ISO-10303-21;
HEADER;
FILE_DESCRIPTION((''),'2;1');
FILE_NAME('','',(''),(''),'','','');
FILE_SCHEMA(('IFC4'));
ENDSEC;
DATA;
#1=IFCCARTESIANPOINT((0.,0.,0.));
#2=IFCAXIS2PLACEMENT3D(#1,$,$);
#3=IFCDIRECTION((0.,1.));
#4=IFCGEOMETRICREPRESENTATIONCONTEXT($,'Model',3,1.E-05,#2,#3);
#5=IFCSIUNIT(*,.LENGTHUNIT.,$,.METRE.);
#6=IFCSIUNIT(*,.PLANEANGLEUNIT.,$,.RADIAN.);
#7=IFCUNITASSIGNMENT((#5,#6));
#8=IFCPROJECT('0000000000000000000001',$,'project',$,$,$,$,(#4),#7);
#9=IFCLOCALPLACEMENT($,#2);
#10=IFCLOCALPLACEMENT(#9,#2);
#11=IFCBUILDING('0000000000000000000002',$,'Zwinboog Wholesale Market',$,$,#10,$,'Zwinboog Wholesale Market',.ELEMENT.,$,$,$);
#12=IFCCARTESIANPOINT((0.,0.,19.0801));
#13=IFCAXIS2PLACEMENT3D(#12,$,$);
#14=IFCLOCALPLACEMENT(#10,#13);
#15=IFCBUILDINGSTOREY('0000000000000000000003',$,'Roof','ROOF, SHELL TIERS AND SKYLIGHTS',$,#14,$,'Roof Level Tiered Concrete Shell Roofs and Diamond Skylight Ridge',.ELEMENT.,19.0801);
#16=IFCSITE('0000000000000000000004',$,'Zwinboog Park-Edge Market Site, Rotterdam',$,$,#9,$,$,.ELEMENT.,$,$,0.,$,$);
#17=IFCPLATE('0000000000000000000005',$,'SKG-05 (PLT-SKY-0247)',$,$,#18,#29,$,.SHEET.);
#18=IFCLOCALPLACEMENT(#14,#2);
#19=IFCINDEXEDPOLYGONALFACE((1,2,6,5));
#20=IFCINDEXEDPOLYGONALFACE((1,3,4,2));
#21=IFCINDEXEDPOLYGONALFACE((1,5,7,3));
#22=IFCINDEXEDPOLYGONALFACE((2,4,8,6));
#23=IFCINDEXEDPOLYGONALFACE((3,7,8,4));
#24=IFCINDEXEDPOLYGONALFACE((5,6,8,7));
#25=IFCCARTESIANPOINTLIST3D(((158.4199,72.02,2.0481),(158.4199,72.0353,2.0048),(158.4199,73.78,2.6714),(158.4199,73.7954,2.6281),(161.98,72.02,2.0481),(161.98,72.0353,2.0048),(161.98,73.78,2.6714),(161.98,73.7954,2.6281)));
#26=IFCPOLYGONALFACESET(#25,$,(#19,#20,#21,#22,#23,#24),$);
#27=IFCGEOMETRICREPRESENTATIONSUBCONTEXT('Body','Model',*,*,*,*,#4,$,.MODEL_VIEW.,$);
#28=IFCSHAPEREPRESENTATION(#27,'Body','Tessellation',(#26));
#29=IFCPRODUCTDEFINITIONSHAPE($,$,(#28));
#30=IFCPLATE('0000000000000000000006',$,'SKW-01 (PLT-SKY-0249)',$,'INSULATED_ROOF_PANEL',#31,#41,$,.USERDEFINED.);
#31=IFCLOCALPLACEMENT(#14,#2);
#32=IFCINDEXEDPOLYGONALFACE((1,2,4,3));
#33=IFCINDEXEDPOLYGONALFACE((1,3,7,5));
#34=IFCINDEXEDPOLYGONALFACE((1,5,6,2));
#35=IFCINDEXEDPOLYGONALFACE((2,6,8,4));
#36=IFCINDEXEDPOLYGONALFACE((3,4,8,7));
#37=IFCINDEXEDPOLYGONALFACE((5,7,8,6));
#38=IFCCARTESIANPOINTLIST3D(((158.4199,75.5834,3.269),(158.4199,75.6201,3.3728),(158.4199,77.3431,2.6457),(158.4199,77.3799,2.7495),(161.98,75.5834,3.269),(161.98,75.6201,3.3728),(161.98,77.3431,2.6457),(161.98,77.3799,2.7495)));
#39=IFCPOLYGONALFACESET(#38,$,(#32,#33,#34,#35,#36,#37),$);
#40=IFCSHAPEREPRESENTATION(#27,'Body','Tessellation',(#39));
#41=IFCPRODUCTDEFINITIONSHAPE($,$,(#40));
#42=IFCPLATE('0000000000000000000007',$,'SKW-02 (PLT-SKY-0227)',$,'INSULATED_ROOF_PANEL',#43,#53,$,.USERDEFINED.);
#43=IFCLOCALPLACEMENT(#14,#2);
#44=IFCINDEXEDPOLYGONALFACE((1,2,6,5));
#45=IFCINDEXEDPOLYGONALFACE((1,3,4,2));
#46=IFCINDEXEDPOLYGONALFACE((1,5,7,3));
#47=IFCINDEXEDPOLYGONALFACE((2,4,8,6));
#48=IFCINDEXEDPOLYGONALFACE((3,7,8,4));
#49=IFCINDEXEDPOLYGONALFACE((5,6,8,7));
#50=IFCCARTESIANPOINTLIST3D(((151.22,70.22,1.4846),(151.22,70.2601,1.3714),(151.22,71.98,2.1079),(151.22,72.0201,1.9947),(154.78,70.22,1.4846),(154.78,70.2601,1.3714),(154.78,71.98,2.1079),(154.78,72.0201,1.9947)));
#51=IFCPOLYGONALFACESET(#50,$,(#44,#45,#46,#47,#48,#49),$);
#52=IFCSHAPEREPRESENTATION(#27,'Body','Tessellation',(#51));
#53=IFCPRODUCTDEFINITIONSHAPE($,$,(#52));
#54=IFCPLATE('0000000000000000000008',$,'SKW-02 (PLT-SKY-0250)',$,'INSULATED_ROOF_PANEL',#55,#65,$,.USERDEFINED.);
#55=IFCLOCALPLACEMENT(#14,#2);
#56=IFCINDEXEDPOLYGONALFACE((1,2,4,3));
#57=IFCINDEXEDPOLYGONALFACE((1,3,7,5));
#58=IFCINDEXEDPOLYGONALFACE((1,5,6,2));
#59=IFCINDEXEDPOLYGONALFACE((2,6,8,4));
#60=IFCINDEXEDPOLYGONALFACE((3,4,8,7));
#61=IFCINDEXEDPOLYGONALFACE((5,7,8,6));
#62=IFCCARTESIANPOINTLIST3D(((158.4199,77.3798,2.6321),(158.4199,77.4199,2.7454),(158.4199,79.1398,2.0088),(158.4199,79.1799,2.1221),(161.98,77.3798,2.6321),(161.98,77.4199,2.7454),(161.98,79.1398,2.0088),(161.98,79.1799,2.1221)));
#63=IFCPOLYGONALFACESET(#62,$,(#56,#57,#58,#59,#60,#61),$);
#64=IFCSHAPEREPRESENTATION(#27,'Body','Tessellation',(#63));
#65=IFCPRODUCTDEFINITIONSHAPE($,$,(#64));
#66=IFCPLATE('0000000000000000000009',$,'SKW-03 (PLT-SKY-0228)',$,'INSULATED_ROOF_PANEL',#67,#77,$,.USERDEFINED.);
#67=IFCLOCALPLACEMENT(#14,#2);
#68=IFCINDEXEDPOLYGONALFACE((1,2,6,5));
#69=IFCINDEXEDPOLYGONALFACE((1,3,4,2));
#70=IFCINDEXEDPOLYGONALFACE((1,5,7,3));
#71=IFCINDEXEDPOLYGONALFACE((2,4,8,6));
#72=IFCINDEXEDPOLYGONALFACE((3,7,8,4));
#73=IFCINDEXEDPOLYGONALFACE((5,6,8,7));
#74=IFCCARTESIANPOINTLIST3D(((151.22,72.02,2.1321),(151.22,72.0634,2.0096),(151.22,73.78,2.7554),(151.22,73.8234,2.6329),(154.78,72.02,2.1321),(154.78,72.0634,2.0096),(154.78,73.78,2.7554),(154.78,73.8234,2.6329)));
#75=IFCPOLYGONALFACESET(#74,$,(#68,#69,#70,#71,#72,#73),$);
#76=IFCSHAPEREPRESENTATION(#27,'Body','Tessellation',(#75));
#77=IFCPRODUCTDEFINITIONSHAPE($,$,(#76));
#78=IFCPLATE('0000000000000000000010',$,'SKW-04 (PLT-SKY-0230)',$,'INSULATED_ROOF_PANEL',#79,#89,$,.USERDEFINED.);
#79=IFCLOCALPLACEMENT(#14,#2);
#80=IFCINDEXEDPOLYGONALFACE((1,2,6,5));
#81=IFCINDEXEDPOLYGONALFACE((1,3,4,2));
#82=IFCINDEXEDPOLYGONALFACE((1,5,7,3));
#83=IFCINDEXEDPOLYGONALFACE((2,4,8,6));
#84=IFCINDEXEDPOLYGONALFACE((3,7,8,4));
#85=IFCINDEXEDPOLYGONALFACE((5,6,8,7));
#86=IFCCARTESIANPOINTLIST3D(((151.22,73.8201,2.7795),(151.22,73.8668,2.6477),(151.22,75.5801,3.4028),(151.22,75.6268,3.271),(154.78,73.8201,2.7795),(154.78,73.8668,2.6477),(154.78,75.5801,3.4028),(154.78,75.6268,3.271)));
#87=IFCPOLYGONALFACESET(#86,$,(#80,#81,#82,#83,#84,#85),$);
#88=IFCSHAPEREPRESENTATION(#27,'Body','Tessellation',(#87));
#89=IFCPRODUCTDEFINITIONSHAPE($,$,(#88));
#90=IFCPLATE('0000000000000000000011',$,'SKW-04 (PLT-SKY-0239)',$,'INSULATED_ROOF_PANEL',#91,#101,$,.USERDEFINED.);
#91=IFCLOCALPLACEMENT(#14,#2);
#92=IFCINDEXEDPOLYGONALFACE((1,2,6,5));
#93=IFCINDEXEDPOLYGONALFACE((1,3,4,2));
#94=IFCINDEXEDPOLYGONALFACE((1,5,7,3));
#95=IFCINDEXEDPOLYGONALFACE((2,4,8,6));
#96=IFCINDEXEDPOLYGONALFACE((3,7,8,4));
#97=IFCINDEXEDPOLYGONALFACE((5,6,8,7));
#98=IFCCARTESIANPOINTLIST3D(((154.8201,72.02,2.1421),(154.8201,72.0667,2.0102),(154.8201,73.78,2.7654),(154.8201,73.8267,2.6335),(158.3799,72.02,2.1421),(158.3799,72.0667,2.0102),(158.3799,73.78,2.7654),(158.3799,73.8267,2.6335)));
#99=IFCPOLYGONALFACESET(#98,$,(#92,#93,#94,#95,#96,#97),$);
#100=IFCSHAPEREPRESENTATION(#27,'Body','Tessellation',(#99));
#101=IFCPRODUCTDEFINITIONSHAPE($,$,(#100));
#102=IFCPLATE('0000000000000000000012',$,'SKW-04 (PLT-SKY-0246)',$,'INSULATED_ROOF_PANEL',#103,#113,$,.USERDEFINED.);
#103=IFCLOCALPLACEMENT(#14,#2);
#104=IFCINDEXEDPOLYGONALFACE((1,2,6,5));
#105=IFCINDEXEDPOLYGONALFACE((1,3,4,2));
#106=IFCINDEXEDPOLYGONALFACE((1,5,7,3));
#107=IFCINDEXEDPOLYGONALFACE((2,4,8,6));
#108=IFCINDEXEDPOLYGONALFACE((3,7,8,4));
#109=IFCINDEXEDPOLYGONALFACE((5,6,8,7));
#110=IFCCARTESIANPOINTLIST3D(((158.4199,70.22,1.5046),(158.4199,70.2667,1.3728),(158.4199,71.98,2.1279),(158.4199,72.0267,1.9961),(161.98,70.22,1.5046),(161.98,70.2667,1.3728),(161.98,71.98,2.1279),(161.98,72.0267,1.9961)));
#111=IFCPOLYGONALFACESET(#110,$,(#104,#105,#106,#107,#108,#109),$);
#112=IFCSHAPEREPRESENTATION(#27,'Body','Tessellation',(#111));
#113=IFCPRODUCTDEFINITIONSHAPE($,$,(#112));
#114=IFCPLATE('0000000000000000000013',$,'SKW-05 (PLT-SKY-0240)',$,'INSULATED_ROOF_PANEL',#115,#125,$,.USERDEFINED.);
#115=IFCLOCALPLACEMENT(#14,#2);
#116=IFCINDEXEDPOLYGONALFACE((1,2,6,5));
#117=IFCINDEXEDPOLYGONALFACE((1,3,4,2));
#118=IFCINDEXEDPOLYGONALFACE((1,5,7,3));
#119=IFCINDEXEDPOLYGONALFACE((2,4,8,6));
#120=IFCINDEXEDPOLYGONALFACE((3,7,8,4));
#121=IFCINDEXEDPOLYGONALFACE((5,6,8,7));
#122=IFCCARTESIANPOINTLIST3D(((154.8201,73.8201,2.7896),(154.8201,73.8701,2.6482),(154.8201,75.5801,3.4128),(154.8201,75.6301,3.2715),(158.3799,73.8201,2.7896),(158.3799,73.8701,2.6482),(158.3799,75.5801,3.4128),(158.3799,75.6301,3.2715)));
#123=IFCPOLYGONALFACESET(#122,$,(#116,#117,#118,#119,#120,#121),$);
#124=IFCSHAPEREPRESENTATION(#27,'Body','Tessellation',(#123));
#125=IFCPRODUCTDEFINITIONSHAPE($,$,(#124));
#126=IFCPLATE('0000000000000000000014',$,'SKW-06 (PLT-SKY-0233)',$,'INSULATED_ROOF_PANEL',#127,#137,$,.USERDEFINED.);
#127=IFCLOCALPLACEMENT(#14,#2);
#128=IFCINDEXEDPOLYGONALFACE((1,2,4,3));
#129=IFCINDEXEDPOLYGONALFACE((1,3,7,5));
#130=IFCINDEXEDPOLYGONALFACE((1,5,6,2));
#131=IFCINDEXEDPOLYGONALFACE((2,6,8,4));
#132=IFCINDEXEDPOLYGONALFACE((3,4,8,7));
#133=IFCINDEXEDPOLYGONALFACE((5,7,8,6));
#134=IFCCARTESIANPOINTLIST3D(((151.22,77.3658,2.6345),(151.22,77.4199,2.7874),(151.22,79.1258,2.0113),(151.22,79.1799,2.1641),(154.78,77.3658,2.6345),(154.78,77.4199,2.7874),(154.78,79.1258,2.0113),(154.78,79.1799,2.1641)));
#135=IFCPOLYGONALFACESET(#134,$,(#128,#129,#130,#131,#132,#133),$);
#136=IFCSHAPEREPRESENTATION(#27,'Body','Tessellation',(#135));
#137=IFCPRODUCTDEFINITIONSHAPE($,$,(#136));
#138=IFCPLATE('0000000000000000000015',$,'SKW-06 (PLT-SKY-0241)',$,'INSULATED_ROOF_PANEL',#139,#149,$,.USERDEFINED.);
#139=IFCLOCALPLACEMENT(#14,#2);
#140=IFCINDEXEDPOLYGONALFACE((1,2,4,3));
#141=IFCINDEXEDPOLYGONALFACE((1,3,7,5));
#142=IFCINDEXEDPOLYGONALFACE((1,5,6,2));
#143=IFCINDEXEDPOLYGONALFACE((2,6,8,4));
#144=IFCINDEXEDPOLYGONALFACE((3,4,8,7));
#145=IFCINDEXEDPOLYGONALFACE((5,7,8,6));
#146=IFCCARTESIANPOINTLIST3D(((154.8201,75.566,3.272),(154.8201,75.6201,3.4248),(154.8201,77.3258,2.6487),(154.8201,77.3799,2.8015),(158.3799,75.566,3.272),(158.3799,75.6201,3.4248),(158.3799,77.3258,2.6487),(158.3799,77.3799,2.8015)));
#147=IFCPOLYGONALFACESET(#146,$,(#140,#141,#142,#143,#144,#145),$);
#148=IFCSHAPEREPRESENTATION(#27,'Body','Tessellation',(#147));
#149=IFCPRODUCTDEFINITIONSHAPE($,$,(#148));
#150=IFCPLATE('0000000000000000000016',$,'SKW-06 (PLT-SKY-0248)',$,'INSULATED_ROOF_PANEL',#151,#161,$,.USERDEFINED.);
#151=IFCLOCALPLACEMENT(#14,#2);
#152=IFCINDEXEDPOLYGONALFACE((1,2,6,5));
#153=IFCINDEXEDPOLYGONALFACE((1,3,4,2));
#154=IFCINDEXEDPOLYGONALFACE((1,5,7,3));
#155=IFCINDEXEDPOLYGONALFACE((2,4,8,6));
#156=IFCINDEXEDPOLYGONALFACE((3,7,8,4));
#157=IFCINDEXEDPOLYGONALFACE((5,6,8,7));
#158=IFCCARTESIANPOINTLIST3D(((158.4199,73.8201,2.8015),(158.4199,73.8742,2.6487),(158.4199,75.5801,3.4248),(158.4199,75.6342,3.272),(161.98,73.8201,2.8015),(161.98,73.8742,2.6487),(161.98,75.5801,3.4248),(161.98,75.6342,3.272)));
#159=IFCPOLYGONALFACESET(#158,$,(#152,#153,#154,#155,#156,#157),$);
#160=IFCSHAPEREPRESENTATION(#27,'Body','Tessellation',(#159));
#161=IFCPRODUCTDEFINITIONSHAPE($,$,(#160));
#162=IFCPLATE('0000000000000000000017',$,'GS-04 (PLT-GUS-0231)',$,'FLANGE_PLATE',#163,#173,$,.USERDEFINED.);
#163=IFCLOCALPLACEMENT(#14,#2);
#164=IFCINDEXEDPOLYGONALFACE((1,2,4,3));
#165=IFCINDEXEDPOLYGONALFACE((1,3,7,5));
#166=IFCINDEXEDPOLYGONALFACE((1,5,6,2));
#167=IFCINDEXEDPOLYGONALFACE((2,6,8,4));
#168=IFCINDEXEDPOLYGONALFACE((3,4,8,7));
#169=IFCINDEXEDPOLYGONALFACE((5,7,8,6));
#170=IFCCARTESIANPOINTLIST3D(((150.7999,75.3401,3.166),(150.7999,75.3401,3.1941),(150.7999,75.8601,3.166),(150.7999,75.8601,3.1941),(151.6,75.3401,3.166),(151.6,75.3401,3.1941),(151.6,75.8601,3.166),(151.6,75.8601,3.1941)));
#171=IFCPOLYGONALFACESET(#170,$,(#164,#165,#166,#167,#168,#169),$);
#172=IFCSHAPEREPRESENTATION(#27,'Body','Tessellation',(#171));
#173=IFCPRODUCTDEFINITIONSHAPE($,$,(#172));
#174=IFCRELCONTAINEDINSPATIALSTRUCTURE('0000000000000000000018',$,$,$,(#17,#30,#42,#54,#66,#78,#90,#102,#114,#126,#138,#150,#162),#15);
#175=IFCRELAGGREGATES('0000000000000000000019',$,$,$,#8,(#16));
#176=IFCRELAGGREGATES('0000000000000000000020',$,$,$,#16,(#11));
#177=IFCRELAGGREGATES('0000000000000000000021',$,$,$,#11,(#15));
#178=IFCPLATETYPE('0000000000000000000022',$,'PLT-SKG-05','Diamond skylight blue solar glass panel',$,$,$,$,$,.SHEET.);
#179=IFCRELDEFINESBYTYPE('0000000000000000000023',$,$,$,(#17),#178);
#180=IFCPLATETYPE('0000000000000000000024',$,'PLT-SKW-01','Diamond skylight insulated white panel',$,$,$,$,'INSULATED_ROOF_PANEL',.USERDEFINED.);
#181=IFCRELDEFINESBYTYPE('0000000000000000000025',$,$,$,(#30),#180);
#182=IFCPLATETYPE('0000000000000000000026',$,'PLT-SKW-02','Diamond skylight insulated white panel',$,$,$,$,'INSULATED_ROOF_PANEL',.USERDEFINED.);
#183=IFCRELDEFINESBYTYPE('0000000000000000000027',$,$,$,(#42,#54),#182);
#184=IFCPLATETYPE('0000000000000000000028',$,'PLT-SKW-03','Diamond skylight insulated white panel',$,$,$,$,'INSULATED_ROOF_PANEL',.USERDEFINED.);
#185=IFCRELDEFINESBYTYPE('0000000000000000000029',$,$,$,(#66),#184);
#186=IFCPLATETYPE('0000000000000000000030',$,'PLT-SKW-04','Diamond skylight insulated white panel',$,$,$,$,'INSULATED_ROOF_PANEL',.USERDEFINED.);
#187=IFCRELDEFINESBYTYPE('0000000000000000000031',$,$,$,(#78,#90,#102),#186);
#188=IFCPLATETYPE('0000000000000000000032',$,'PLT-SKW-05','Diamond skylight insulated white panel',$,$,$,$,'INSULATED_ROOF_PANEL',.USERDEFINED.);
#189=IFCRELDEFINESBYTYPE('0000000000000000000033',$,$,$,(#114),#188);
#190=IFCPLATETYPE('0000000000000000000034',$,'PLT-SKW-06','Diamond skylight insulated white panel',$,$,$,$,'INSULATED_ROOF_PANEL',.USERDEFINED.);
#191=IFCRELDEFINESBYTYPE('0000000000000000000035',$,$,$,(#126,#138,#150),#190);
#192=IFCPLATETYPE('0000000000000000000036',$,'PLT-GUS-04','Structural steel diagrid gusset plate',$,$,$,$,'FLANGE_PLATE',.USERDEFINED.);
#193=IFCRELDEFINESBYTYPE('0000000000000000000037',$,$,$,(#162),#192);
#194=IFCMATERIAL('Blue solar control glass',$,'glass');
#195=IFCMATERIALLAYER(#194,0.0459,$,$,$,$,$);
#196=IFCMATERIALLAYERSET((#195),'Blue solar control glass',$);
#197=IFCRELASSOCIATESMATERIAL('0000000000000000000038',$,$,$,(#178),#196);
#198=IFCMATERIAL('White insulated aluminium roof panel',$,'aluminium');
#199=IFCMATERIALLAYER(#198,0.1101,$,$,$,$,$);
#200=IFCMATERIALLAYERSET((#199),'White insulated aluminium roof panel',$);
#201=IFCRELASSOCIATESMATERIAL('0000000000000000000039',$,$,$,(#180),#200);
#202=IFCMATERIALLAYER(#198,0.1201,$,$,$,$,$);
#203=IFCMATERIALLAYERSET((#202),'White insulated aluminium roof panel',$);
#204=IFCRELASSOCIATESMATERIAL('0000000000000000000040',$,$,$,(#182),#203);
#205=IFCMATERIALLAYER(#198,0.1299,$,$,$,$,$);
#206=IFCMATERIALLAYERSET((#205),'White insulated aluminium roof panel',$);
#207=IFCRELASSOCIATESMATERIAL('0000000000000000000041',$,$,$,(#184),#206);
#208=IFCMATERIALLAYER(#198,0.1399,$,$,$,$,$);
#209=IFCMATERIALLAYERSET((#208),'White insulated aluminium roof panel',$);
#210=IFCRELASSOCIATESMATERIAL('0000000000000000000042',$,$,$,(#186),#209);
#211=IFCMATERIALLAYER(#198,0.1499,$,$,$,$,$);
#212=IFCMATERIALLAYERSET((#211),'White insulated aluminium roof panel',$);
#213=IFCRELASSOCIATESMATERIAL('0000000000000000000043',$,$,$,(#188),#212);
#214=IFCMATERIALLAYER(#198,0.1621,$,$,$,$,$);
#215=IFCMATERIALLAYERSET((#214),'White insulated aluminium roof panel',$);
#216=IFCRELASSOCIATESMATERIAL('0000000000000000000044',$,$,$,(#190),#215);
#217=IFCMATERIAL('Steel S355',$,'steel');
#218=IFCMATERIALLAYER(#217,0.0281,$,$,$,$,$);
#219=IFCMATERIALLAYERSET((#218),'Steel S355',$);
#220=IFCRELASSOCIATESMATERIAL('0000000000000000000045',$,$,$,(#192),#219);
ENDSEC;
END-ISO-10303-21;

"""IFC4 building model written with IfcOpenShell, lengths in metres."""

from ifc_helpers import new_model, si_unit, direction, frame, origin, origin_2d, place, context, subcontext, project, spatial, polyline, rectangle, outline, extrude, material, layer, layer_set, type_object, element, save


model = new_model("IFC4")

# Units and contexts
model_context = context("Model", 3, precision=1e-05, world=origin(), true_north=direction((0.0, 1.0)))
body_context = subcontext(model_context, "Body", "Model", "MODEL_VIEW")
ifc_project = project(units=[si_unit("LENGTHUNIT", "METRE"), si_unit("PLANEANGLEUNIT", "RADIAN")], contexts=[model_context])

# Site, building, storey
site_placement = place(None, origin())
site = spatial("IfcSite", under=ifc_project, at=site_placement, Name="Zwinboog Park-Edge Market Site, Rotterdam", CompositionType="ELEMENT", RefElevation=0.0)
building_placement = place(site_placement, origin())
building = spatial("IfcBuilding", under=site, at=building_placement, Name="Zwinboog Wholesale Market", LongName="Zwinboog Wholesale Market", CompositionType="ELEMENT")
storey_placement = place(building_placement, frame((0.0, 0.0, 19.0801)))
storey = spatial("IfcBuildingStorey", under=building, at=storey_placement, Name="Roof", Description="ROOF, SHELL TIERS AND SKYLIGHTS", LongName="Roof Level Tiered Concrete Shell Roofs and Diamond Skylight Ridge", CompositionType="ELEMENT", Elevation=19.0801)

# Shared definitions
ifc_material_1 = material(Name="Steel S355", Category="steel")

# Plates
ifc_material_2 = material(Name="Blue solar control glass", Category="glass")
ifc_layer_1 = layer(ifc_material_2, 0.0459)
ifc_layer_set_1 = layer_set([ifc_layer_1], Name="Blue solar control glass")
plate_type_1 = type_object("IfcPlateType", Name="PLT-SKG-05", Description="Diamond skylight blue solar glass panel", PredefinedType="SHEET", material=ifc_layer_set_1)
plate_1_placement = place(storey_placement, frame((158.4199, 72.02, 2.0481), z_axis=(0.0, -0.333825, 0.942635), x_axis=(1.0, 0.0, 0.0)))
element("IfcPlate", 1, at=plate_1_placement, inside=storey, type_object=plate_type_1, Name="SKG-05 (PLT-SKY-0247)", PredefinedType="SHEET", context=body_context, shape_type="SweptSolid", body=[
    extrude(outline(polyline([(0.0, 0.0), (3.5601, 0.0), (3.5601, 1.8671), (0.0, 1.8671), (0.0, 0.0)])), origin(), (0.0, 0.0, -1.0), 0.0459),
])
ifc_material_3 = material(Name="White insulated aluminium roof panel", Category="aluminium")
ifc_layer_2 = layer(ifc_material_3, 0.1101)
ifc_layer_set_2 = layer_set([ifc_layer_2], Name="White insulated aluminium roof panel")
plate_type_2 = type_object("IfcPlateType", Name="PLT-SKW-01", Description="Diamond skylight insulated white panel", ElementType="INSULATED_ROOF_PANEL", PredefinedType="USERDEFINED", material=ifc_layer_set_2)
plate_2_placement = place(storey_placement, frame((158.4199, 75.6201, 3.3728), z_axis=(0.0, 0.333867, 0.94262), x_axis=(1.0, 0.0, 0.0)))
element("IfcPlate", 2, at=plate_2_placement, inside=storey, type_object=plate_type_2, Name="SKW-01 (PLT-SKY-0249)", ObjectType="INSULATED_ROOF_PANEL", PredefinedType="USERDEFINED", context=body_context, shape_type="SweptSolid", body=[
    extrude(outline(polyline([(0.0, 0.0), (3.5601, 0.0), (3.5601, 1.8669), (0.0, 1.8669), (0.0, 0.0)])), origin(), (0.0, 0.0, -1.0), 0.1101),
])
ifc_layer_3 = layer(ifc_material_3, 0.1201)
ifc_layer_set_3 = layer_set([ifc_layer_3], Name="White insulated aluminium roof panel")
plate_type_3 = type_object("IfcPlateType", Name="PLT-SKW-02", Description="Diamond skylight insulated white panel", ElementType="INSULATED_ROOF_PANEL", PredefinedType="USERDEFINED", material=ifc_layer_set_3)
for number, where, z_axis, x_axis, name in (
    (3, (151.22, 70.22, 1.4846), (0.0, -0.333825, 0.942635), (1.0, 0.0, 0.0), "SKW-02 (PLT-SKY-0227)"),
    (4, (158.4199, 77.4199, 2.7454), (0.0, 0.333825, 0.942635), (1.0, 0.0, 0.0), "SKW-02 (PLT-SKY-0250)"),
):
    element("IfcPlate", number, at=place(storey_placement, frame(where, z_axis=z_axis, x_axis=x_axis)), inside=storey, type_object=plate_type_3, Name=name, ObjectType="INSULATED_ROOF_PANEL", PredefinedType="USERDEFINED", context=body_context, shape_type="SweptSolid", body=[
        extrude(outline(polyline([(0.0, 0.0), (3.5601, 0.0), (3.5601, 1.8671), (0.0, 1.8671), (0.0, 0.0)])), origin(), (0.0, 0.0, -1.0), 0.1201),
    ])
ifc_layer_4 = layer(ifc_material_3, 0.1299)
ifc_layer_set_4 = layer_set([ifc_layer_4], Name="White insulated aluminium roof panel")
plate_type_4 = type_object("IfcPlateType", Name="PLT-SKW-03", Description="Diamond skylight insulated white panel", ElementType="INSULATED_ROOF_PANEL", PredefinedType="USERDEFINED", material=ifc_layer_set_4)
plate_3_placement = place(storey_placement, frame((151.22, 72.02, 2.1321), z_axis=(0.0, -0.333825, 0.942635), x_axis=(1.0, 0.0, 0.0)))
element("IfcPlate", 5, at=plate_3_placement, inside=storey, type_object=plate_type_4, Name="SKW-03 (PLT-SKY-0228)", ObjectType="INSULATED_ROOF_PANEL", PredefinedType="USERDEFINED", context=body_context, shape_type="SweptSolid", body=[
    extrude(outline(polyline([(0.0, 0.0), (3.5601, 0.0), (3.5601, 1.8671), (0.0, 1.8671), (0.0, 0.0)])), origin(), (0.0, 0.0, -1.0), 0.1299),
])
ifc_layer_5 = layer(ifc_material_3, 0.1399)
ifc_layer_set_5 = layer_set([ifc_layer_5], Name="White insulated aluminium roof panel")
plate_type_5 = type_object("IfcPlateType", Name="PLT-SKW-04", Description="Diamond skylight insulated white panel", ElementType="INSULATED_ROOF_PANEL", PredefinedType="USERDEFINED", material=ifc_layer_set_5)
plate_4_placement = place(storey_placement, frame((151.22, 73.8201, 2.7795), z_axis=(0.0, -0.333825, 0.942635), x_axis=(1.0, 0.0, 0.0)))
element("IfcPlate", 6, at=plate_4_placement, inside=storey, type_object=plate_type_5, Name="SKW-04 (PLT-SKY-0230)", ObjectType="INSULATED_ROOF_PANEL", PredefinedType="USERDEFINED", context=body_context, shape_type="SweptSolid", body=[
    extrude(outline(polyline([(0.0, 0.0), (3.5601, 0.0), (3.5601, 1.8671), (0.0, 1.8671), (0.0, 0.0)])), origin(), (0.0, 0.0, -1.0), 0.1399),
])
plate_5_placement = place(storey_placement, frame((154.8201, 72.02, 2.1421), z_axis=(0.0, -0.333825, 0.942635), x_axis=(1.0, 0.0, 0.0)))
element("IfcPlate", 7, at=plate_5_placement, inside=storey, type_object=plate_type_5, Name="SKW-04 (PLT-SKY-0239)", ObjectType="INSULATED_ROOF_PANEL", PredefinedType="USERDEFINED", context=body_context, shape_type="SweptSolid", body=[
    extrude(outline(polyline([(0.0, 0.0), (3.5598, 0.0), (3.5598, 1.8671), (0.0, 1.8671), (0.0, 0.0)])), origin(), (0.0, 0.0, -1.0), 0.1399),
])
plate_6_placement = place(storey_placement, frame((158.4199, 70.22, 1.5046), z_axis=(0.0, -0.333825, 0.942635), x_axis=(1.0, 0.0, 0.0)))
element("IfcPlate", 8, at=plate_6_placement, inside=storey, type_object=plate_type_5, Name="SKW-04 (PLT-SKY-0246)", ObjectType="INSULATED_ROOF_PANEL", PredefinedType="USERDEFINED", context=body_context, shape_type="SweptSolid", body=[
    extrude(outline(polyline([(0.0, 0.0), (3.5601, 0.0), (3.5601, 1.8671), (0.0, 1.8671), (0.0, 0.0)])), origin(), (0.0, 0.0, -1.0), 0.1399),
])
ifc_layer_6 = layer(ifc_material_3, 0.1499)
ifc_layer_set_6 = layer_set([ifc_layer_6], Name="White insulated aluminium roof panel")
plate_type_6 = type_object("IfcPlateType", Name="PLT-SKW-05", Description="Diamond skylight insulated white panel", ElementType="INSULATED_ROOF_PANEL", PredefinedType="USERDEFINED", material=ifc_layer_set_6)
plate_7_placement = place(storey_placement, frame((154.8201, 73.8201, 2.7896), z_axis=(0.0, -0.333825, 0.942635), x_axis=(1.0, 0.0, 0.0)))
element("IfcPlate", 9, at=plate_7_placement, inside=storey, type_object=plate_type_6, Name="SKW-05 (PLT-SKY-0240)", ObjectType="INSULATED_ROOF_PANEL", PredefinedType="USERDEFINED", context=body_context, shape_type="SweptSolid", body=[
    extrude(outline(polyline([(0.0, 0.0), (3.5598, 0.0), (3.5598, 1.8671), (0.0, 1.8671), (0.0, 0.0)])), origin(), (0.0, 0.0, -1.0), 0.1499),
])
ifc_layer_7 = layer(ifc_material_3, 0.1621)
ifc_layer_set_7 = layer_set([ifc_layer_7], Name="White insulated aluminium roof panel")
plate_type_7 = type_object("IfcPlateType", Name="PLT-SKW-06", Description="Diamond skylight insulated white panel", ElementType="INSULATED_ROOF_PANEL", PredefinedType="USERDEFINED", material=ifc_layer_set_7)
plate_8_placement = place(storey_placement, frame((151.22, 77.4199, 2.7874), z_axis=(0.0, 0.333825, 0.942635), x_axis=(1.0, 0.0, 0.0)))
element("IfcPlate", 10, at=plate_8_placement, inside=storey, type_object=plate_type_7, Name="SKW-06 (PLT-SKY-0233)", ObjectType="INSULATED_ROOF_PANEL", PredefinedType="USERDEFINED", context=body_context, shape_type="SweptSolid", body=[
    extrude(outline(polyline([(0.0, 0.0), (3.5601, 0.0), (3.5601, 1.8671), (0.0, 1.8671), (0.0, 0.0)])), origin(), (0.0, 0.0, -1.0), 0.1621),
])
plate_9_placement = place(storey_placement, frame((154.8201, 75.6201, 3.4248), z_axis=(0.0, 0.333867, 0.94262), x_axis=(1.0, 0.0, 0.0)))
element("IfcPlate", 11, at=plate_9_placement, inside=storey, type_object=plate_type_7, Name="SKW-06 (PLT-SKY-0241)", ObjectType="INSULATED_ROOF_PANEL", PredefinedType="USERDEFINED", context=body_context, shape_type="SweptSolid", body=[
    extrude(outline(polyline([(0.0, 0.0), (3.5598, 0.0), (3.5598, 1.8669), (0.0, 1.8669), (0.0, 0.0)])), origin(), (0.0, 0.0, -1.0), 0.1621),
])
plate_10_placement = place(storey_placement, frame((158.4199, 73.8201, 2.8015), z_axis=(0.0, -0.333825, 0.942635), x_axis=(1.0, 0.0, 0.0)))
element("IfcPlate", 12, at=plate_10_placement, inside=storey, type_object=plate_type_7, Name="SKW-06 (PLT-SKY-0248)", ObjectType="INSULATED_ROOF_PANEL", PredefinedType="USERDEFINED", context=body_context, shape_type="SweptSolid", body=[
    extrude(outline(polyline([(0.0, 0.0), (3.5601, 0.0), (3.5601, 1.8671), (0.0, 1.8671), (0.0, 0.0)])), origin(), (0.0, 0.0, -1.0), 0.1621),
])
ifc_layer_8 = layer(ifc_material_1, 0.0281)
ifc_layer_set_8 = layer_set([ifc_layer_8], Name="Steel S355")
plate_type_8 = type_object("IfcPlateType", Name="PLT-GUS-04", Description="Structural steel diagrid gusset plate", ElementType="FLANGE_PLATE", PredefinedType="USERDEFINED", material=ifc_layer_set_8)
plate_11_placement = place(storey_placement, frame((151.2, 75.6001, 3.166), z_axis=(0.0, 0.0, 1.0), x_axis=(1.0, 0.0, 0.0)))
element("IfcPlate", 13, at=plate_11_placement, inside=storey, type_object=plate_type_8, Name="GS-04 (PLT-GUS-0231)", ObjectType="FLANGE_PLATE", PredefinedType="USERDEFINED", context=body_context, shape_type="SweptSolid", body=[
    extrude(rectangle(XDim=0.8, YDim=0.52, at=origin_2d()), origin(), (0.0, 0.0, 1.0), 0.0281),
])

save(model, "model.ifc")
